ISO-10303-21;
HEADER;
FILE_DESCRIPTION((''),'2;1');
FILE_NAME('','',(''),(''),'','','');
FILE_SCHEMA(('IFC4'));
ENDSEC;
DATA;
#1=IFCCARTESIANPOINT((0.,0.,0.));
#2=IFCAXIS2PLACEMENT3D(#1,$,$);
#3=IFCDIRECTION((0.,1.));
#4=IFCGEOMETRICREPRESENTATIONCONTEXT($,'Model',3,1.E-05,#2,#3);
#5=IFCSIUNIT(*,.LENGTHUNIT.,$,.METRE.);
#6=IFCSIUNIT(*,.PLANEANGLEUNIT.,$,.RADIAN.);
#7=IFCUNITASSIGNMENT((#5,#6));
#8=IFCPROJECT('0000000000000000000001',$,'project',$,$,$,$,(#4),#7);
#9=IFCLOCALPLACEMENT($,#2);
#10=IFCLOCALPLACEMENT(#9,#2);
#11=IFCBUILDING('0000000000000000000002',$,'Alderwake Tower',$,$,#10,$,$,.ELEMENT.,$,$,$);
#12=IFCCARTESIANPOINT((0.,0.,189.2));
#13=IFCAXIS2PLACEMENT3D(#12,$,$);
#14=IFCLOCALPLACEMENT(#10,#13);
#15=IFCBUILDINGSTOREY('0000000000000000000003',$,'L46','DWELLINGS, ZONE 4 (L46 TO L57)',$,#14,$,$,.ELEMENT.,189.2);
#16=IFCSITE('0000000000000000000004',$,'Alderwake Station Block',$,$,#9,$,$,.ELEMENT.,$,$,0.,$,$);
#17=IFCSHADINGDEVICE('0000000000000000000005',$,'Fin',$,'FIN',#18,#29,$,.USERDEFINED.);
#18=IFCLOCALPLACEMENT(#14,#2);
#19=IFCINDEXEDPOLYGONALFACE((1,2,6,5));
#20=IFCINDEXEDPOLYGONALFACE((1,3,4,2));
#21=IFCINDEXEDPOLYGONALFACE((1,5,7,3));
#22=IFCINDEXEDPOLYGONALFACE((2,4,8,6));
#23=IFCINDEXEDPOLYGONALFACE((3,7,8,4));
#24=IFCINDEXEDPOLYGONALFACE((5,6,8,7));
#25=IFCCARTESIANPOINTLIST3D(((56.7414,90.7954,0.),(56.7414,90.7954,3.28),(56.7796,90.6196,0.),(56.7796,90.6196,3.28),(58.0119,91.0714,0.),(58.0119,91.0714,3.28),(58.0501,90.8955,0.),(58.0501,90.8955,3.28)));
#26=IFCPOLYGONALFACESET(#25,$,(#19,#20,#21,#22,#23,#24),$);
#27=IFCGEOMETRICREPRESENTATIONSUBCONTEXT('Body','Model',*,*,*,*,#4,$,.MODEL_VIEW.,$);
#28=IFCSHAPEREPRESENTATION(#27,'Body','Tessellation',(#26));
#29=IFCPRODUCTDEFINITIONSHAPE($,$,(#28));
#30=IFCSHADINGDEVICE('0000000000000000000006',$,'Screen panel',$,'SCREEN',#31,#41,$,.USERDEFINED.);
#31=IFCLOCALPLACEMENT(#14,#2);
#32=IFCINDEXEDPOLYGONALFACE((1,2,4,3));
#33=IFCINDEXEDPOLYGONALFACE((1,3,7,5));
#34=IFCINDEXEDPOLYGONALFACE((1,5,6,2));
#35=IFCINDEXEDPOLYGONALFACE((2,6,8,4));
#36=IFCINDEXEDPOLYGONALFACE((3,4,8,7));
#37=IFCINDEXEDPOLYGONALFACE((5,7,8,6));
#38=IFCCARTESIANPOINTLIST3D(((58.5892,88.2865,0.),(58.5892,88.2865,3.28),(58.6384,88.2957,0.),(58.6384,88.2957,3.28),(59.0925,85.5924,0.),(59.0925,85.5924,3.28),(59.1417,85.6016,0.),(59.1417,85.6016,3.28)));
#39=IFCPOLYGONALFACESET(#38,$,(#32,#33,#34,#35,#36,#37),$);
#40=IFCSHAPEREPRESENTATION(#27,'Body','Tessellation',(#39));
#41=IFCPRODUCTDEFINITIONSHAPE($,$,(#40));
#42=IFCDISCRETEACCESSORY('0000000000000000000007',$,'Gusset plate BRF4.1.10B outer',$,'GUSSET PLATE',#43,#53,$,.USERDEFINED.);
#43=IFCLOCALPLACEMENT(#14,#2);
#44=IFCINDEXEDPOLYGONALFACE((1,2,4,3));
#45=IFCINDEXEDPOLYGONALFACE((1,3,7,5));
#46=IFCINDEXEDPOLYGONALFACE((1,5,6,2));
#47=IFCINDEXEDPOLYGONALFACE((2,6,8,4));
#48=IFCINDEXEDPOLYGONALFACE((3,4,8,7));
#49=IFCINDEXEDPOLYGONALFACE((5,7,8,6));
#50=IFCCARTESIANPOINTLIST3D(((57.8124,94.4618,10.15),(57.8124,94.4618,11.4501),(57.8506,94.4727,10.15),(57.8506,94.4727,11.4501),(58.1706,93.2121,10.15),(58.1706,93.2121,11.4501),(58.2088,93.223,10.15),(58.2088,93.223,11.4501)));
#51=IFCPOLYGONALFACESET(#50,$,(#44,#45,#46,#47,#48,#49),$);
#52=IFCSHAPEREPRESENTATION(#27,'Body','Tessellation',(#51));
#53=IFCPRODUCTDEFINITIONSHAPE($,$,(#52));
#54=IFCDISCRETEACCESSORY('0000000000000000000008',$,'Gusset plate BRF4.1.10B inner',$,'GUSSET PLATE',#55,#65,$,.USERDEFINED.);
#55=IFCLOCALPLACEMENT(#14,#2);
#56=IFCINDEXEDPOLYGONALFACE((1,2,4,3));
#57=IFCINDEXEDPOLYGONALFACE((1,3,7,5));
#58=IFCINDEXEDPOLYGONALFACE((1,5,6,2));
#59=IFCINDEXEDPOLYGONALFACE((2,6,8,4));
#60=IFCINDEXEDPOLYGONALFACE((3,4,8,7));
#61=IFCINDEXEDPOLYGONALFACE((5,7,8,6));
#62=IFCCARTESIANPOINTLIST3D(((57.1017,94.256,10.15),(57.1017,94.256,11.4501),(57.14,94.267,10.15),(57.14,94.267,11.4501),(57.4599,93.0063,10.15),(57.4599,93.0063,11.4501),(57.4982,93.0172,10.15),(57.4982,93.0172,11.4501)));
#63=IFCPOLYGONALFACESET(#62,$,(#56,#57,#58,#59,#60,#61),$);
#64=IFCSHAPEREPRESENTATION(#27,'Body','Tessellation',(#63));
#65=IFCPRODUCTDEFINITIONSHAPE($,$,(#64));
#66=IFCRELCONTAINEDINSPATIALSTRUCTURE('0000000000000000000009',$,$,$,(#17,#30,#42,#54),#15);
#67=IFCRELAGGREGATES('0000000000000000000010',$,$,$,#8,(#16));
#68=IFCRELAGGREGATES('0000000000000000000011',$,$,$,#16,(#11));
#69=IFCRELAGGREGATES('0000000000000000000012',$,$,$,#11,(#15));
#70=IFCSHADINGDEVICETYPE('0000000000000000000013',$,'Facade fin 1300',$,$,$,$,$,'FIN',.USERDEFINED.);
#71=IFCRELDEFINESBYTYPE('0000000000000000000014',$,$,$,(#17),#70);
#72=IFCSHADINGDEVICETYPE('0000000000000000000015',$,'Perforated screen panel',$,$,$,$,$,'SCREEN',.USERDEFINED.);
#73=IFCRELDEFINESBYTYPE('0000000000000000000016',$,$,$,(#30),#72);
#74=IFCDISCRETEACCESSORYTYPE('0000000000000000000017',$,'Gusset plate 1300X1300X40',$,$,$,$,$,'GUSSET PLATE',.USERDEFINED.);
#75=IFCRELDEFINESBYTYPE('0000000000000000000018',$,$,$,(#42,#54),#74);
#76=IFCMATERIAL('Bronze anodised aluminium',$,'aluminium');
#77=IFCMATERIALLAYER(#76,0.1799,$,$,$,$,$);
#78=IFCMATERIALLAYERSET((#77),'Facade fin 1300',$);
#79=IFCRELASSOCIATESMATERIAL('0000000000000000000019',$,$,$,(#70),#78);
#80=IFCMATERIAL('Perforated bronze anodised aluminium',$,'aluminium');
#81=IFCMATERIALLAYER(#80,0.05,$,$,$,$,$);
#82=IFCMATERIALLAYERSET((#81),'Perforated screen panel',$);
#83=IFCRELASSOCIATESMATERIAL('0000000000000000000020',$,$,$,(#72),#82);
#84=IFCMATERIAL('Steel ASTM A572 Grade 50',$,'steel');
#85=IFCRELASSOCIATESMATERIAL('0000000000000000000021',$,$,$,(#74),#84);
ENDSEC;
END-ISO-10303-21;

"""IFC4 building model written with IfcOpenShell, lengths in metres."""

from ifc_helpers import new_model, si_unit, direction, frame, origin, origin_2d, place, context, subcontext, project, spatial, rectangle, extrude, material, layer, layer_set, material_profile, profile_set, type_object, element, save


model = new_model("IFC4")

# Units and contexts
model_context = context("Model", 3, precision=1e-05, world=origin(), true_north=direction((0.0, 1.0)))
body_context = subcontext(model_context, "Body", "Model", "MODEL_VIEW")
ifc_project = project(units=[si_unit("LENGTHUNIT", "METRE"), si_unit("PLANEANGLEUNIT", "RADIAN")], contexts=[model_context])

# Site, building, storey
site_placement = place(None, origin())
site = spatial("IfcSite", under=ifc_project, at=site_placement, Name="Alderwake Station Block", CompositionType="ELEMENT", RefElevation=0.0)
building_placement = place(site_placement, origin())
building = spatial("IfcBuilding", under=site, at=building_placement, Name="Alderwake Tower", CompositionType="ELEMENT")
storey_placement = place(building_placement, frame((0.0, 0.0, 189.2)))
storey = spatial("IfcBuildingStorey", under=building, at=storey_placement, Name="L46", Description="DWELLINGS, ZONE 4 (L46 TO L57)", CompositionType="ELEMENT", Elevation=189.2)

# Shading devices
ifc_material_1 = material(Name="Bronze anodised aluminium", Category="aluminium")
ifc_layer_1 = layer(ifc_material_1, 0.1799)
ifc_layer_set_1 = layer_set([ifc_layer_1], Name="Facade fin 1300")
shading_device_type_1 = type_object("IfcShadingDeviceType", Name="Facade fin 1300", ElementType="FIN", PredefinedType="USERDEFINED", material=ifc_layer_set_1)
for number, where, z_axis, x_axis, name in (
    (1, (57.3958, 90.8455, 0.0), (0.0, 0.0, 1.0), (0.97721, 0.212273, 0.0), "Fin"),
):
    element("IfcShadingDevice", number, at=place(storey_placement, frame(where, z_axis=z_axis, x_axis=x_axis)), inside=storey, type_object=shading_device_type_1, Name=name, ObjectType="FIN", PredefinedType="USERDEFINED", context=body_context, shape_type="SweptSolid", body=[
        extrude(rectangle(XDim=1.3, YDim=0.1799, at=origin_2d()), origin(), (0.0, 0.0, 1.0), 3.28),
    ])
ifc_material_2 = material(Name="Perforated bronze anodised aluminium", Category="aluminium")
ifc_layer_2 = layer(ifc_material_2, 0.05)
ifc_layer_set_2 = layer_set([ifc_layer_2], Name="Perforated screen panel")
shading_device_type_2 = type_object("IfcShadingDeviceType", Name="Perforated screen panel", ElementType="SCREEN", PredefinedType="USERDEFINED", material=ifc_layer_set_2)
shading_device_placement = place(storey_placement, frame((58.8655, 86.9441, 0.0), z_axis=(0.0, 0.0, 1.0), x_axis=(0.982991, 0.183651, 0.0)))
element("IfcShadingDevice", 2, at=shading_device_placement, inside=storey, type_object=shading_device_type_2, Name="Screen panel", ObjectType="SCREEN", PredefinedType="USERDEFINED", context=body_context, shape_type="SweptSolid", body=[
    extrude(rectangle(XDim=0.05, YDim=2.7407, at=origin_2d()), origin(), (0.0, 0.0, 1.0), 3.28),
])

# Discrete accessories
ifc_material_3 = material(Name="Steel ASTM A572 Grade 50", Category="steel")
ifc_material_profile_1 = material_profile(ifc_material_3, rectangle(XDim=1.3, YDim=1.3, at=origin_2d()), Name="gusset 1300X1300")
ifc_profile_set_1 = profile_set([ifc_material_profile_1], Name="Steel ASTM A572 Grade 50")
discrete_accessory_type = type_object("IfcDiscreteAccessoryType", Name="Gusset plate 1300X1300X40", ElementType="GUSSET PLATE", PredefinedType="USERDEFINED", material=ifc_profile_set_1)
for number, where, z_axis, x_axis, name in (
    (3, (57.9915, 93.8369, 10.8), (0.961293, 0.27553, 0.0), (-0.27553, 0.961293, 0.0), "Gusset plate BRF4.1.10B outer"),
    (4, (57.3191, 93.6421, 10.8), (-0.961293, -0.27553, 0.0), (0.27553, -0.961293, 0.0), "Gusset plate BRF4.1.10B inner"),
):
    element("IfcDiscreteAccessory", number, at=place(storey_placement, frame(where, z_axis=z_axis, x_axis=x_axis)), inside=storey, type_object=discrete_accessory_type, Name=name, ObjectType="GUSSET PLATE", PredefinedType="USERDEFINED", context=body_context, shape_type="SweptSolid", body=[
        extrude(rectangle(XDim=1.3, YDim=1.3, at=origin_2d()), origin(), (0.0, 0.0, 1.0), 0.0398),
    ])

save(model, "model.ifc")
